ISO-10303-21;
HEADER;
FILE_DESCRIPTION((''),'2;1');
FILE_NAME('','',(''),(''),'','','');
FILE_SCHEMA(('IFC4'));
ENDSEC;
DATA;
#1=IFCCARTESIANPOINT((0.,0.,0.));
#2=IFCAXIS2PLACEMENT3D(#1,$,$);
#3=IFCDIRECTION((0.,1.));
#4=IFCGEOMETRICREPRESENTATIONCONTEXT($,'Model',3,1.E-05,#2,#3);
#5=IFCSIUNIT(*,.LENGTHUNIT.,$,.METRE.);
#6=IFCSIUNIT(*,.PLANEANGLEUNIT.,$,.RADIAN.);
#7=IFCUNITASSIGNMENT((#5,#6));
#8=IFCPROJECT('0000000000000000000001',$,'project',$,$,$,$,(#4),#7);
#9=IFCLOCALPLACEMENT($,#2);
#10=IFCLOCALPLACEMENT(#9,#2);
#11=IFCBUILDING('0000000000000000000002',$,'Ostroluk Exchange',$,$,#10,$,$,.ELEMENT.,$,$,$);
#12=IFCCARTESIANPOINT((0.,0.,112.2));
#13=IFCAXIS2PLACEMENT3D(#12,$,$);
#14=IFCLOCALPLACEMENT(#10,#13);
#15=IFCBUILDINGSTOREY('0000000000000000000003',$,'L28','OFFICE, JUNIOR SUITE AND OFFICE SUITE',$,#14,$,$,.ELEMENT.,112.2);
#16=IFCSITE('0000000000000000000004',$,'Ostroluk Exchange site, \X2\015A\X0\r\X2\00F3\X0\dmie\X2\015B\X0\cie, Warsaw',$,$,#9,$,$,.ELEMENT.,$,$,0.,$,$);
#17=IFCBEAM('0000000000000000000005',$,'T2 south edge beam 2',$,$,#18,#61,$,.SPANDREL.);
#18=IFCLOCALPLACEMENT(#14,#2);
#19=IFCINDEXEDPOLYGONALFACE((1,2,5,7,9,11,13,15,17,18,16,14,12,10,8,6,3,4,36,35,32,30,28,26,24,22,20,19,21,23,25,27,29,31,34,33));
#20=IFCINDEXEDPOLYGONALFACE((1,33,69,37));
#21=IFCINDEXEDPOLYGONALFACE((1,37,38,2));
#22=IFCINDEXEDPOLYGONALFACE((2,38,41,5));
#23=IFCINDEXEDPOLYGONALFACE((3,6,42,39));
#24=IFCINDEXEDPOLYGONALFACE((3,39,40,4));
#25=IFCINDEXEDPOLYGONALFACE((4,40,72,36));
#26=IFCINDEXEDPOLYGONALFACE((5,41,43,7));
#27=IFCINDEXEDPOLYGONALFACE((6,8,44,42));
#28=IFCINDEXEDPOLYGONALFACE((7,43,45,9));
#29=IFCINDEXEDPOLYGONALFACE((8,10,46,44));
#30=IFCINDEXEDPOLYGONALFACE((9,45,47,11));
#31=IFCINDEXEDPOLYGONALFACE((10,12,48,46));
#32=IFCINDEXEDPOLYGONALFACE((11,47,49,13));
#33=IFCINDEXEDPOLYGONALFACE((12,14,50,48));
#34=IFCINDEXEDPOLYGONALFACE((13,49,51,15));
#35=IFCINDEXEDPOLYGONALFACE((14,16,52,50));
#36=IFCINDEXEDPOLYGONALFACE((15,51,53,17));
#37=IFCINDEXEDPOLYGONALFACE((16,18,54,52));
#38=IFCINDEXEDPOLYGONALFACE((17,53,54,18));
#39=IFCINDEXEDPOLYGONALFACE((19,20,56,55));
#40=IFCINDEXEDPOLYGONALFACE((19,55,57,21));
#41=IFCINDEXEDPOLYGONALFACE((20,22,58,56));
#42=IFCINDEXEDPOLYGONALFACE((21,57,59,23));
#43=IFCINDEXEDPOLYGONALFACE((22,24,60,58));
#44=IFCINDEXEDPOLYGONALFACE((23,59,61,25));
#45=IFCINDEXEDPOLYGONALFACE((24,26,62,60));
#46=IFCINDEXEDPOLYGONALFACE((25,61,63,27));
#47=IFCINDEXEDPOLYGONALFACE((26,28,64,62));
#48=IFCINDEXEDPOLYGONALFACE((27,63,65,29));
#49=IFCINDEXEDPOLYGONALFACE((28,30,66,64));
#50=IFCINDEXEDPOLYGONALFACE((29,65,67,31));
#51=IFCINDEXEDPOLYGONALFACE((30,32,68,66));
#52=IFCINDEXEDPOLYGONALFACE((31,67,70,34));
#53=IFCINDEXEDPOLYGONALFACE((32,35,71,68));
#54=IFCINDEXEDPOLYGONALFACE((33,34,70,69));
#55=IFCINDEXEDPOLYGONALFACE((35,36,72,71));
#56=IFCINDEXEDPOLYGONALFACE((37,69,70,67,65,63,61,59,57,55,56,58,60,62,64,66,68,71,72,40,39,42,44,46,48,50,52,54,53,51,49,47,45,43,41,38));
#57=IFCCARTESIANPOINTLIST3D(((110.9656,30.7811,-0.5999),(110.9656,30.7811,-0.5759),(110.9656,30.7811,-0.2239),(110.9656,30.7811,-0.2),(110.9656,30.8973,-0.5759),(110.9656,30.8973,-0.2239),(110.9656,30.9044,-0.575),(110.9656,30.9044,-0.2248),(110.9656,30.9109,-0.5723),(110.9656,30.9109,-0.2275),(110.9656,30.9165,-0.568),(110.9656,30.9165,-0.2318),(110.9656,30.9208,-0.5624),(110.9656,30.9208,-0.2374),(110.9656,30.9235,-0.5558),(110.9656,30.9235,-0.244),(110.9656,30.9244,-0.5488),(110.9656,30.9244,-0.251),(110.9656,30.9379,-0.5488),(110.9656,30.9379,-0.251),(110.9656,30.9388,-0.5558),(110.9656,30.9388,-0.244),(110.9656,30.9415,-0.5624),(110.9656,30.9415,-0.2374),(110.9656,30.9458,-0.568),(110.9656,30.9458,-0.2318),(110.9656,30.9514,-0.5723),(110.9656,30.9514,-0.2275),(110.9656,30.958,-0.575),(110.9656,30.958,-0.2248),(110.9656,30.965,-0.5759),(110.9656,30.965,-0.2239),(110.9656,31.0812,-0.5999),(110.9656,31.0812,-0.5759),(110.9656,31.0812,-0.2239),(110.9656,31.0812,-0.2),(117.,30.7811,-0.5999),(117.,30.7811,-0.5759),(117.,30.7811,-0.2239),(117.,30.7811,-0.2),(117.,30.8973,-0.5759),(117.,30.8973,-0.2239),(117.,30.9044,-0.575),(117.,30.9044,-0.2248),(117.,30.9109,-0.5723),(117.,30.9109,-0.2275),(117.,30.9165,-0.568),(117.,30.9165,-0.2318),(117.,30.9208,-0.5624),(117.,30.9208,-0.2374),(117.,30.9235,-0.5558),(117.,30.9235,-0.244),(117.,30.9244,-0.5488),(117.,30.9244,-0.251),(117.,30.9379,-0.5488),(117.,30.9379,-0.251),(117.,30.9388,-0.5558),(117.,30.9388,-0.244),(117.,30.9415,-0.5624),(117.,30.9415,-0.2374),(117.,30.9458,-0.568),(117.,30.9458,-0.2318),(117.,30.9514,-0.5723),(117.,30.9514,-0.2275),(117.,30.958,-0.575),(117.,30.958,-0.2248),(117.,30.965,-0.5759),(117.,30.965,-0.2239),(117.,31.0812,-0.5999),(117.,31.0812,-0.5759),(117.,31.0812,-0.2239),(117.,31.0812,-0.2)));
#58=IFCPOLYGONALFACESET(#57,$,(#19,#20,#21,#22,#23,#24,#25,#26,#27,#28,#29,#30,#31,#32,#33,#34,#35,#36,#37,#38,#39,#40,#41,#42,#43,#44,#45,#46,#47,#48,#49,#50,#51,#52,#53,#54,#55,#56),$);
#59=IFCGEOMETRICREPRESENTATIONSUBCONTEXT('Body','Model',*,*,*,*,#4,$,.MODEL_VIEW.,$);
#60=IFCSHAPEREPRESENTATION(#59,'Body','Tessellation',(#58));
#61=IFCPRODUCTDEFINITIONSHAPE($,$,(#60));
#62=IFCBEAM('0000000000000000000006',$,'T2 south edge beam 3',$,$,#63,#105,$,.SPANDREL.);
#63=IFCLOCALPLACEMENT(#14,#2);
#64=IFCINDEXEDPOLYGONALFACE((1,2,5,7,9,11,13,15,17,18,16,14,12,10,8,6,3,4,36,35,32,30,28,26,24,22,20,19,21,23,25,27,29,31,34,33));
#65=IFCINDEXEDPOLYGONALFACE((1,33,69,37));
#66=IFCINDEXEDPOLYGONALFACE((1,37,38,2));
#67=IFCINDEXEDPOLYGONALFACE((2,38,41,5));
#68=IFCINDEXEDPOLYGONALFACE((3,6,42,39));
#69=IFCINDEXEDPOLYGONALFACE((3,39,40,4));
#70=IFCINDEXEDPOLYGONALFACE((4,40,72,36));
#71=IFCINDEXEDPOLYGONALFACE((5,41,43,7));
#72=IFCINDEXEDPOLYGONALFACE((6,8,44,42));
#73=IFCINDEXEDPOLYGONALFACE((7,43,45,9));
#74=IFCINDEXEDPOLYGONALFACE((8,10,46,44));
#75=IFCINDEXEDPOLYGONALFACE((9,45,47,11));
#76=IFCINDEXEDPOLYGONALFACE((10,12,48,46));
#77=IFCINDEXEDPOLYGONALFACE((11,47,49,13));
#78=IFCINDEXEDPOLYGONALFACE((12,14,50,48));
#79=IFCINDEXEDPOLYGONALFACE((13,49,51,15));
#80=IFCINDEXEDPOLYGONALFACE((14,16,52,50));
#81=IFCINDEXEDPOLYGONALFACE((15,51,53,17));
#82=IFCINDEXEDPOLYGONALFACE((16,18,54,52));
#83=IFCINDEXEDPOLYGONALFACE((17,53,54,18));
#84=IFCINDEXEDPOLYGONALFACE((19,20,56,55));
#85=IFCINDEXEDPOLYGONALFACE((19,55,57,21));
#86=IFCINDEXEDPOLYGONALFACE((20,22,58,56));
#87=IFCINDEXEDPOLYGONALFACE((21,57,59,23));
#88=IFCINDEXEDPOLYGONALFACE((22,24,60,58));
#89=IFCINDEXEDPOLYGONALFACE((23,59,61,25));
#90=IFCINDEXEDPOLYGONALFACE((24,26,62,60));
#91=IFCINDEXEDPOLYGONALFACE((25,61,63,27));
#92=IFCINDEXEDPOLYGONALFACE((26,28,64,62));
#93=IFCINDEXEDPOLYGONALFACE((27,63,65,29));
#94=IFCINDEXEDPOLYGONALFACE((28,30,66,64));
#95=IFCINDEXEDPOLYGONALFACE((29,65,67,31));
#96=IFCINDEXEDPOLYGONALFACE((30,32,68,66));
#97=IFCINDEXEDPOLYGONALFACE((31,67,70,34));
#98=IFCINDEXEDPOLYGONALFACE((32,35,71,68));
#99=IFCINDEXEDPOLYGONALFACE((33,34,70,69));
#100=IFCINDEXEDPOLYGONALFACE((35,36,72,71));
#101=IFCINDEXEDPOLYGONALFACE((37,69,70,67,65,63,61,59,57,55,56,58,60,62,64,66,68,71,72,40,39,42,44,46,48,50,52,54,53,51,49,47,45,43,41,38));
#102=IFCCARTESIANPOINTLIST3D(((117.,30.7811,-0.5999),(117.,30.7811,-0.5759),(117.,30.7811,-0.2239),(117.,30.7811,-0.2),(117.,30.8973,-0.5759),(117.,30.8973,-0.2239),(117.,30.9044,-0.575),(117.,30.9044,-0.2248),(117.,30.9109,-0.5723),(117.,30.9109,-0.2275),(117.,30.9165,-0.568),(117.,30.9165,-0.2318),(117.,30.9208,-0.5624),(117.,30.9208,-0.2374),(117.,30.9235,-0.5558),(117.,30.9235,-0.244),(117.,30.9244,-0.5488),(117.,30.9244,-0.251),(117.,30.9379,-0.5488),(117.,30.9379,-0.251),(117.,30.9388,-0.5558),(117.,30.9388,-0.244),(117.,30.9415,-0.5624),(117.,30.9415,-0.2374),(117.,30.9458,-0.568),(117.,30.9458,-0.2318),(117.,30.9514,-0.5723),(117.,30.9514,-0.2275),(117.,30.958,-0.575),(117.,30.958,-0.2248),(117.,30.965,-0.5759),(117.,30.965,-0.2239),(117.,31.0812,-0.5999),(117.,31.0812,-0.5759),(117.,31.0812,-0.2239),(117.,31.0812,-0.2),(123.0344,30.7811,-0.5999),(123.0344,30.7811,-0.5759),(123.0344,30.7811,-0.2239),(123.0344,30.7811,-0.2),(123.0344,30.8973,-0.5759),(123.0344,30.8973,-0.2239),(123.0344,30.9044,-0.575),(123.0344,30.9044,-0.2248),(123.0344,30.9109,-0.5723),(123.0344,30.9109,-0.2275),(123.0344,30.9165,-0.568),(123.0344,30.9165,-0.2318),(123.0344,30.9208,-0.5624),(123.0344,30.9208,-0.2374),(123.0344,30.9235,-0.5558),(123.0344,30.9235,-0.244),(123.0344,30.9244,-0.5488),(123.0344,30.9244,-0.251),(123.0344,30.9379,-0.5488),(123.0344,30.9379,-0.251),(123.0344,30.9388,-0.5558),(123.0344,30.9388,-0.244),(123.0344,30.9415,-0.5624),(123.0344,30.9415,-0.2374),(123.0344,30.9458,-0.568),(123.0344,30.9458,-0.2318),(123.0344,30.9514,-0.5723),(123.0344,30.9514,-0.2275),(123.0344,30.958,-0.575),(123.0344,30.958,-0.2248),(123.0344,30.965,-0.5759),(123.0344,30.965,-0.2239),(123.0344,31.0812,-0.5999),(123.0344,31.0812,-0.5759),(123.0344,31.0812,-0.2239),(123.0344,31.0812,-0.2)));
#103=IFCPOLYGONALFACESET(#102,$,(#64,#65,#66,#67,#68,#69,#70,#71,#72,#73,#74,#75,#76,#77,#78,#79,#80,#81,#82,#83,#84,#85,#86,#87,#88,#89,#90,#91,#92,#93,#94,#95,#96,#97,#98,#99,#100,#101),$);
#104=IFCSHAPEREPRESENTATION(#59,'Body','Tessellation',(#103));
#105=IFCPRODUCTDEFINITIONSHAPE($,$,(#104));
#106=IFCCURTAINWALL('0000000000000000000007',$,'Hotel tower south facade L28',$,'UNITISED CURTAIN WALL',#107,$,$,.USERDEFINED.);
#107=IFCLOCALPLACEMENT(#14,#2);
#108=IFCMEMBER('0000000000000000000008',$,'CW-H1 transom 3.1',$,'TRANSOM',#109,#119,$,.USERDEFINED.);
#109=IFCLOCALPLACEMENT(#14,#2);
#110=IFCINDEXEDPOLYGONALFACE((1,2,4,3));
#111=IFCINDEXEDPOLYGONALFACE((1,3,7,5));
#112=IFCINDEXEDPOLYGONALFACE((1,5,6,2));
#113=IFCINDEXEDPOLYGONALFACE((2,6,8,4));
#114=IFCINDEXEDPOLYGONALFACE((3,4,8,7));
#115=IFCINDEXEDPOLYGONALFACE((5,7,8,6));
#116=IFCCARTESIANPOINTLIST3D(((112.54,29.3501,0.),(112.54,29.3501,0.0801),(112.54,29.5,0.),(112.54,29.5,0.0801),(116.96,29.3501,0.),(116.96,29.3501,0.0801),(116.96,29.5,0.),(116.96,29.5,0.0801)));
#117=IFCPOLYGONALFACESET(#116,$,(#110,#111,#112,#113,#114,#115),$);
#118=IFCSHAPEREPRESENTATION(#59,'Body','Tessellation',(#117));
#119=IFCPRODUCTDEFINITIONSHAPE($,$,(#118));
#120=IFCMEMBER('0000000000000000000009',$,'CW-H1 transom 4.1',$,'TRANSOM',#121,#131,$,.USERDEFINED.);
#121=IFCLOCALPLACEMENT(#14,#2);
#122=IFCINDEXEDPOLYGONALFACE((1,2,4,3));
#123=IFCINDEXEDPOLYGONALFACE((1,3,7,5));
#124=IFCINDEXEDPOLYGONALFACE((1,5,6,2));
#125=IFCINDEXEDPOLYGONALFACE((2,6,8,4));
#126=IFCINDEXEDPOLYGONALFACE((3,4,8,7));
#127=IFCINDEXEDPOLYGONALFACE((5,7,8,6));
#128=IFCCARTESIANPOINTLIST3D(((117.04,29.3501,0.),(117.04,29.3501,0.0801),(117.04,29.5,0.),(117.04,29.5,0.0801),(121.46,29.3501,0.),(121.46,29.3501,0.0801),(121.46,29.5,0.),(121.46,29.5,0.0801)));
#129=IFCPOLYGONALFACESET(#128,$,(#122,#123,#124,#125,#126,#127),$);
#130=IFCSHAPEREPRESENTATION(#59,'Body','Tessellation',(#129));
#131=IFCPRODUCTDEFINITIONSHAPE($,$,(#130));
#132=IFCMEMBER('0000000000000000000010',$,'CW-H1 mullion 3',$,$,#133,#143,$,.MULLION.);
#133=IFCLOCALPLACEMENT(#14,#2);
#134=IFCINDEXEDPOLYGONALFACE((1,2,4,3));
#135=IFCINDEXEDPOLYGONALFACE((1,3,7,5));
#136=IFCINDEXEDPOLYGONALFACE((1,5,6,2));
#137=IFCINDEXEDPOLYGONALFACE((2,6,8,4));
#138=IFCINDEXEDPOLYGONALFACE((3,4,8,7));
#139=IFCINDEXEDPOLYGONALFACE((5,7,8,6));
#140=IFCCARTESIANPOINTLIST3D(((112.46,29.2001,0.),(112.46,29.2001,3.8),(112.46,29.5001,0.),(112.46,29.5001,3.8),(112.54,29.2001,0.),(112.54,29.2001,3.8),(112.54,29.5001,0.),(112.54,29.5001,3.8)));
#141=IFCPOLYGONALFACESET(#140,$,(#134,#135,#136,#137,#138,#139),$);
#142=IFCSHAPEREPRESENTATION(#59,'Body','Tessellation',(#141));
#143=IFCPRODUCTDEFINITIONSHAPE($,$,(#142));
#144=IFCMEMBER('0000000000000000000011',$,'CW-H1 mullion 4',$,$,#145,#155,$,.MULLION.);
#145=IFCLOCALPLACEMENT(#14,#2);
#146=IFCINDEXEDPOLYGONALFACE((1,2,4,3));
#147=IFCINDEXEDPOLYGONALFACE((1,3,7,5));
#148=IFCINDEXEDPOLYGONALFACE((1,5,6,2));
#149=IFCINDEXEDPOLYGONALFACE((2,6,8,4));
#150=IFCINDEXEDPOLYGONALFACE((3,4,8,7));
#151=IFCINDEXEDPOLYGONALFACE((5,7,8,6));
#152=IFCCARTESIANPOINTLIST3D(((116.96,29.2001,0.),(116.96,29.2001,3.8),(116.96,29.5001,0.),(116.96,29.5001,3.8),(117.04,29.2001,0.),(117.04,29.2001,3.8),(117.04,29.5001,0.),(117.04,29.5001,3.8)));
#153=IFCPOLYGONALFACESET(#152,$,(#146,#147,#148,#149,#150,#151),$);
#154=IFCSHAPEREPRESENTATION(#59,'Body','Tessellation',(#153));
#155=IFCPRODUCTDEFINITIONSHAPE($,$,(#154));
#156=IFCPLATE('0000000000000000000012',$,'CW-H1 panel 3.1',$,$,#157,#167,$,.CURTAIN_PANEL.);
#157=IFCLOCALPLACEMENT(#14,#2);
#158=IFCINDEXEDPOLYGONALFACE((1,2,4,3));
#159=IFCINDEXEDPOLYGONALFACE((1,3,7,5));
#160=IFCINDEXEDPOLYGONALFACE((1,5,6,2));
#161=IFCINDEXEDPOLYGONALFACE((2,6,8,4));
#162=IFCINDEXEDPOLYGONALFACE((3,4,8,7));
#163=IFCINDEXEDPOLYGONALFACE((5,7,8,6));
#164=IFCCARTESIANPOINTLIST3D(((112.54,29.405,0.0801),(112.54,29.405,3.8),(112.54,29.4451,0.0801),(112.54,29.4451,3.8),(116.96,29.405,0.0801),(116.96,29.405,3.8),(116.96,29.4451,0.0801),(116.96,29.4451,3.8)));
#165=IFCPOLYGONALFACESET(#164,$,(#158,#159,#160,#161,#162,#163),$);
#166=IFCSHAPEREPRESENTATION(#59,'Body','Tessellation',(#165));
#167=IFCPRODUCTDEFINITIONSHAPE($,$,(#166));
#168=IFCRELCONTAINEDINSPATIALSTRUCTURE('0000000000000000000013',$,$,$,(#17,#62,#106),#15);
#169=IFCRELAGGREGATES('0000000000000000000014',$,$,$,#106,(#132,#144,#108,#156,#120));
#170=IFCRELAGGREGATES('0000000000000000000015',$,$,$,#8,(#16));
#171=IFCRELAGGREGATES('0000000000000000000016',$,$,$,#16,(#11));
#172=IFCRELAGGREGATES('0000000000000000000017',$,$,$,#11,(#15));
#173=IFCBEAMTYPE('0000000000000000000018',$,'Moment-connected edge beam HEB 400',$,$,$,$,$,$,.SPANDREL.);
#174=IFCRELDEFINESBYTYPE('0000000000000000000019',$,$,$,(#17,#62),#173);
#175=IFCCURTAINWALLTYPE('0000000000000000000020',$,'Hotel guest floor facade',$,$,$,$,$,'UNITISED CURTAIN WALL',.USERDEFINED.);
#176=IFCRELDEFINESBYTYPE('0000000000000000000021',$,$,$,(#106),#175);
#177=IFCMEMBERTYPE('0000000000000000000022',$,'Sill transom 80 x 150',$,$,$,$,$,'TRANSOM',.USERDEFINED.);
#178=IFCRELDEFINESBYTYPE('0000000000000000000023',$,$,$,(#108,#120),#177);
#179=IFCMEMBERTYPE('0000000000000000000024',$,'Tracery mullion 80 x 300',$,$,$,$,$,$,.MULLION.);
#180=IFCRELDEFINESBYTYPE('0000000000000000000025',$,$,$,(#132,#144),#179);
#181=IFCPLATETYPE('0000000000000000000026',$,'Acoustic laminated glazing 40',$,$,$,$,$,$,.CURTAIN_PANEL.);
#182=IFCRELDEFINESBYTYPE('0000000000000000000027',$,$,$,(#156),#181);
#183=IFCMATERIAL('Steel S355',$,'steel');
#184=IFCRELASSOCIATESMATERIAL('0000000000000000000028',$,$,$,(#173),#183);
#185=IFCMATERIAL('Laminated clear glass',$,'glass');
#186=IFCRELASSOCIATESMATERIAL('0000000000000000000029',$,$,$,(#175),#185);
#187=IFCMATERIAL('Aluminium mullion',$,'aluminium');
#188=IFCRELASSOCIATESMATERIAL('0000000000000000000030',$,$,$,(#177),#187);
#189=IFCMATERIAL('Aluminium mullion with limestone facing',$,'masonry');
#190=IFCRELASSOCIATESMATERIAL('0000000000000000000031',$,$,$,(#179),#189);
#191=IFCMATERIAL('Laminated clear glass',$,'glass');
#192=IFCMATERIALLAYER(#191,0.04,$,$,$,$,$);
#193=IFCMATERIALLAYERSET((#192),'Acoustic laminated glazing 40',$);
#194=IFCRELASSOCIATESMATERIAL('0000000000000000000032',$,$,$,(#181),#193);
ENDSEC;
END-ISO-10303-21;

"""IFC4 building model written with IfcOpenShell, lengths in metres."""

from ifc_helpers import new_model, si_unit, direction, frame, origin, origin_2d, place, context, subcontext, project, spatial, rectangle, i_section, extrude, material, layer, layer_set, material_profile, profile_set, type_object, element, aggregate, save


model = new_model("IFC4")

# Units and contexts
model_context = context("Model", 3, precision=1e-05, world=origin(), true_north=direction((0.0, 1.0)))
body_context = subcontext(model_context, "Body", "Model", "MODEL_VIEW")
ifc_project = project(units=[si_unit("LENGTHUNIT", "METRE"), si_unit("PLANEANGLEUNIT", "RADIAN")], contexts=[model_context])

# Site, building, storey
site_placement = place(None, origin())
site = spatial("IfcSite", under=ifc_project, at=site_placement, Name="Ostroluk Exchange site, Śródmieście, Warsaw", CompositionType="ELEMENT", RefElevation=0.0)
building_placement = place(site_placement, origin())
building = spatial("IfcBuilding", under=site, at=building_placement, Name="Ostroluk Exchange", CompositionType="ELEMENT")
storey_placement = place(building_placement, frame((0.0, 0.0, 112.2)))
storey = spatial("IfcBuildingStorey", under=building, at=storey_placement, Name="L28", Description="OFFICE, JUNIOR SUITE AND OFFICE SUITE", CompositionType="ELEMENT", Elevation=112.2)

# Beams
ifc_material_1 = material(Name="Steel S355", Category="steel")
ifc_material_profile_1 = material_profile(ifc_material_1, i_section(OverallWidth=0.3, OverallDepth=0.3999, WebThickness=0.0134, FlangeThickness=0.0239, FilletRadius=0.0271, at=origin_2d()), Name="HEB 400")
ifc_profile_set_1 = profile_set([ifc_material_profile_1], Name="Steel S355")
beam_type_1 = type_object("IfcBeamType", Name="Moment-connected edge beam HEB 400", PredefinedType="SPANDREL", material=ifc_profile_set_1)
for number, where, z_axis, x_axis, name in (
    (1, (110.9656, 30.9312, -0.3999), (1.0, 0.0, 0.0), (0.0, 1.0, 0.0), "T2 south edge beam 2"),
    (2, (117.0, 30.9312, -0.3999), (1.0, 0.0, 0.0), (0.0, 1.0, 0.0), "T2 south edge beam 3"),
):
    element("IfcBeam", number, at=place(storey_placement, frame(where, z_axis=z_axis, x_axis=x_axis)), inside=storey, type_object=beam_type_1, Name=name, PredefinedType="SPANDREL", context=body_context, shape_type="SweptSolid", body=[
        extrude(i_section(OverallWidth=0.3, OverallDepth=0.3999, WebThickness=0.0134, FlangeThickness=0.0239, FilletRadius=0.0271, at=origin_2d()), origin(), (0.0, 0.0, 1.0), 6.0344),
    ])

# Curtain wall, members, plate
ifc_material_2 = material(Name="Laminated clear glass", Category="glass")
curtain_wall_type = type_object("IfcCurtainWallType", Name="Hotel guest floor facade", ElementType="UNITISED CURTAIN WALL", PredefinedType="USERDEFINED", material=ifc_material_2)
curtain_wall_placement = place(storey_placement, origin())
curtain_wall = element("IfcCurtainWall", 3, at=curtain_wall_placement, inside=storey, type_object=curtain_wall_type, Name="Hotel tower south facade L28", ObjectType="UNITISED CURTAIN WALL", PredefinedType="USERDEFINED")
ifc_material_3 = material(Name="Aluminium mullion", Category="aluminium")
ifc_material_profile_2 = material_profile(ifc_material_3, rectangle(XDim=0.1499, YDim=0.0801, at=origin_2d()), Name="Sill transom 80 x 150")
ifc_profile_set_2 = profile_set([ifc_material_profile_2], Name="Aluminium mullion")
member_type_1 = type_object("IfcMemberType", Name="Sill transom 80 x 150", ElementType="TRANSOM", PredefinedType="USERDEFINED", material=ifc_profile_set_2)
member_1_placement = place(storey_placement, frame((112.54, 29.425, 0.04), z_axis=(1.0, 0.0, 0.0), x_axis=(0.0, 1.0, 0.0)))
member_1 = element("IfcMember", 4, at=member_1_placement, type_object=member_type_1, Name="CW-H1 transom 3.1", ObjectType="TRANSOM", PredefinedType="USERDEFINED", context=body_context, shape_type="SweptSolid", body=[
    extrude(rectangle(XDim=0.1499, YDim=0.0801, at=origin_2d()), origin(), (0.0, 0.0, 1.0), 4.4199),
])
member_2_placement = place(storey_placement, frame((117.04, 29.425, 0.04), z_axis=(1.0, 0.0, 0.0), x_axis=(0.0, 1.0, 0.0)))
member_2 = element("IfcMember", 5, at=member_2_placement, type_object=member_type_1, Name="CW-H1 transom 4.1", ObjectType="TRANSOM", PredefinedType="USERDEFINED", context=body_context, shape_type="SweptSolid", body=[
    extrude(rectangle(XDim=0.1499, YDim=0.0801, at=origin_2d()), origin(), (0.0, 0.0, 1.0), 4.4199),
])
ifc_material_4 = material(Name="Aluminium mullion with limestone facing", Category="masonry")
ifc_material_profile_3 = material_profile(ifc_material_4, rectangle(XDim=0.3, YDim=0.0801, at=origin_2d()), Name="Tracery mullion 80 x 300")
ifc_profile_set_3 = profile_set([ifc_material_profile_3], Name="Aluminium mullion with limestone facing")
member_type_2 = type_object("IfcMemberType", Name="Tracery mullion 80 x 300", PredefinedType="MULLION", material=ifc_profile_set_3)
member_3_placement = place(storey_placement, frame((112.5, 29.3501, 0.0), z_axis=(0.0, 0.0, 1.0), x_axis=(0.0, 1.0, 0.0)))
member_3 = element("IfcMember", 6, at=member_3_placement, type_object=member_type_2, Name="CW-H1 mullion 3", PredefinedType="MULLION", context=body_context, shape_type="SweptSolid", body=[
    extrude(rectangle(XDim=0.3, YDim=0.0801, at=origin_2d()), origin(), (0.0, 0.0, 1.0), 3.8),
])
member_4_placement = place(storey_placement, frame((117.0, 29.3501, 0.0), z_axis=(0.0, 0.0, 1.0), x_axis=(0.0, 1.0, 0.0)))
member_4 = element("IfcMember", 7, at=member_4_placement, type_object=member_type_2, Name="CW-H1 mullion 4", PredefinedType="MULLION", context=body_context, shape_type="SweptSolid", body=[
    extrude(rectangle(XDim=0.3, YDim=0.0801, at=origin_2d()), origin(), (0.0, 0.0, 1.0), 3.8),
])
ifc_material_5 = material(Name="Laminated clear glass", Category="glass")
ifc_layer_1 = layer(ifc_material_5, 0.04)
ifc_layer_set_1 = layer_set([ifc_layer_1], Name="Acoustic laminated glazing 40")
plate_type = type_object("IfcPlateType", Name="Acoustic laminated glazing 40", PredefinedType="CURTAIN_PANEL", material=ifc_layer_set_1)
plate_placement = place(storey_placement, frame((114.75, 29.425, 0.0801), z_axis=(0.0, 0.0, 1.0), x_axis=(1.0, 0.0, 0.0)))
plate = element("IfcPlate", 8, at=plate_placement, type_object=plate_type, Name="CW-H1 panel 3.1", PredefinedType="CURTAIN_PANEL", context=body_context, shape_type="SweptSolid", body=[
    extrude(rectangle(XDim=4.4199, YDim=0.04, at=origin_2d()), origin(), (0.0, 0.0, 1.0), 3.72),
])
aggregate(curtain_wall, [member_3, member_4, member_1, plate, member_2])

save(model, "model.ifc")
